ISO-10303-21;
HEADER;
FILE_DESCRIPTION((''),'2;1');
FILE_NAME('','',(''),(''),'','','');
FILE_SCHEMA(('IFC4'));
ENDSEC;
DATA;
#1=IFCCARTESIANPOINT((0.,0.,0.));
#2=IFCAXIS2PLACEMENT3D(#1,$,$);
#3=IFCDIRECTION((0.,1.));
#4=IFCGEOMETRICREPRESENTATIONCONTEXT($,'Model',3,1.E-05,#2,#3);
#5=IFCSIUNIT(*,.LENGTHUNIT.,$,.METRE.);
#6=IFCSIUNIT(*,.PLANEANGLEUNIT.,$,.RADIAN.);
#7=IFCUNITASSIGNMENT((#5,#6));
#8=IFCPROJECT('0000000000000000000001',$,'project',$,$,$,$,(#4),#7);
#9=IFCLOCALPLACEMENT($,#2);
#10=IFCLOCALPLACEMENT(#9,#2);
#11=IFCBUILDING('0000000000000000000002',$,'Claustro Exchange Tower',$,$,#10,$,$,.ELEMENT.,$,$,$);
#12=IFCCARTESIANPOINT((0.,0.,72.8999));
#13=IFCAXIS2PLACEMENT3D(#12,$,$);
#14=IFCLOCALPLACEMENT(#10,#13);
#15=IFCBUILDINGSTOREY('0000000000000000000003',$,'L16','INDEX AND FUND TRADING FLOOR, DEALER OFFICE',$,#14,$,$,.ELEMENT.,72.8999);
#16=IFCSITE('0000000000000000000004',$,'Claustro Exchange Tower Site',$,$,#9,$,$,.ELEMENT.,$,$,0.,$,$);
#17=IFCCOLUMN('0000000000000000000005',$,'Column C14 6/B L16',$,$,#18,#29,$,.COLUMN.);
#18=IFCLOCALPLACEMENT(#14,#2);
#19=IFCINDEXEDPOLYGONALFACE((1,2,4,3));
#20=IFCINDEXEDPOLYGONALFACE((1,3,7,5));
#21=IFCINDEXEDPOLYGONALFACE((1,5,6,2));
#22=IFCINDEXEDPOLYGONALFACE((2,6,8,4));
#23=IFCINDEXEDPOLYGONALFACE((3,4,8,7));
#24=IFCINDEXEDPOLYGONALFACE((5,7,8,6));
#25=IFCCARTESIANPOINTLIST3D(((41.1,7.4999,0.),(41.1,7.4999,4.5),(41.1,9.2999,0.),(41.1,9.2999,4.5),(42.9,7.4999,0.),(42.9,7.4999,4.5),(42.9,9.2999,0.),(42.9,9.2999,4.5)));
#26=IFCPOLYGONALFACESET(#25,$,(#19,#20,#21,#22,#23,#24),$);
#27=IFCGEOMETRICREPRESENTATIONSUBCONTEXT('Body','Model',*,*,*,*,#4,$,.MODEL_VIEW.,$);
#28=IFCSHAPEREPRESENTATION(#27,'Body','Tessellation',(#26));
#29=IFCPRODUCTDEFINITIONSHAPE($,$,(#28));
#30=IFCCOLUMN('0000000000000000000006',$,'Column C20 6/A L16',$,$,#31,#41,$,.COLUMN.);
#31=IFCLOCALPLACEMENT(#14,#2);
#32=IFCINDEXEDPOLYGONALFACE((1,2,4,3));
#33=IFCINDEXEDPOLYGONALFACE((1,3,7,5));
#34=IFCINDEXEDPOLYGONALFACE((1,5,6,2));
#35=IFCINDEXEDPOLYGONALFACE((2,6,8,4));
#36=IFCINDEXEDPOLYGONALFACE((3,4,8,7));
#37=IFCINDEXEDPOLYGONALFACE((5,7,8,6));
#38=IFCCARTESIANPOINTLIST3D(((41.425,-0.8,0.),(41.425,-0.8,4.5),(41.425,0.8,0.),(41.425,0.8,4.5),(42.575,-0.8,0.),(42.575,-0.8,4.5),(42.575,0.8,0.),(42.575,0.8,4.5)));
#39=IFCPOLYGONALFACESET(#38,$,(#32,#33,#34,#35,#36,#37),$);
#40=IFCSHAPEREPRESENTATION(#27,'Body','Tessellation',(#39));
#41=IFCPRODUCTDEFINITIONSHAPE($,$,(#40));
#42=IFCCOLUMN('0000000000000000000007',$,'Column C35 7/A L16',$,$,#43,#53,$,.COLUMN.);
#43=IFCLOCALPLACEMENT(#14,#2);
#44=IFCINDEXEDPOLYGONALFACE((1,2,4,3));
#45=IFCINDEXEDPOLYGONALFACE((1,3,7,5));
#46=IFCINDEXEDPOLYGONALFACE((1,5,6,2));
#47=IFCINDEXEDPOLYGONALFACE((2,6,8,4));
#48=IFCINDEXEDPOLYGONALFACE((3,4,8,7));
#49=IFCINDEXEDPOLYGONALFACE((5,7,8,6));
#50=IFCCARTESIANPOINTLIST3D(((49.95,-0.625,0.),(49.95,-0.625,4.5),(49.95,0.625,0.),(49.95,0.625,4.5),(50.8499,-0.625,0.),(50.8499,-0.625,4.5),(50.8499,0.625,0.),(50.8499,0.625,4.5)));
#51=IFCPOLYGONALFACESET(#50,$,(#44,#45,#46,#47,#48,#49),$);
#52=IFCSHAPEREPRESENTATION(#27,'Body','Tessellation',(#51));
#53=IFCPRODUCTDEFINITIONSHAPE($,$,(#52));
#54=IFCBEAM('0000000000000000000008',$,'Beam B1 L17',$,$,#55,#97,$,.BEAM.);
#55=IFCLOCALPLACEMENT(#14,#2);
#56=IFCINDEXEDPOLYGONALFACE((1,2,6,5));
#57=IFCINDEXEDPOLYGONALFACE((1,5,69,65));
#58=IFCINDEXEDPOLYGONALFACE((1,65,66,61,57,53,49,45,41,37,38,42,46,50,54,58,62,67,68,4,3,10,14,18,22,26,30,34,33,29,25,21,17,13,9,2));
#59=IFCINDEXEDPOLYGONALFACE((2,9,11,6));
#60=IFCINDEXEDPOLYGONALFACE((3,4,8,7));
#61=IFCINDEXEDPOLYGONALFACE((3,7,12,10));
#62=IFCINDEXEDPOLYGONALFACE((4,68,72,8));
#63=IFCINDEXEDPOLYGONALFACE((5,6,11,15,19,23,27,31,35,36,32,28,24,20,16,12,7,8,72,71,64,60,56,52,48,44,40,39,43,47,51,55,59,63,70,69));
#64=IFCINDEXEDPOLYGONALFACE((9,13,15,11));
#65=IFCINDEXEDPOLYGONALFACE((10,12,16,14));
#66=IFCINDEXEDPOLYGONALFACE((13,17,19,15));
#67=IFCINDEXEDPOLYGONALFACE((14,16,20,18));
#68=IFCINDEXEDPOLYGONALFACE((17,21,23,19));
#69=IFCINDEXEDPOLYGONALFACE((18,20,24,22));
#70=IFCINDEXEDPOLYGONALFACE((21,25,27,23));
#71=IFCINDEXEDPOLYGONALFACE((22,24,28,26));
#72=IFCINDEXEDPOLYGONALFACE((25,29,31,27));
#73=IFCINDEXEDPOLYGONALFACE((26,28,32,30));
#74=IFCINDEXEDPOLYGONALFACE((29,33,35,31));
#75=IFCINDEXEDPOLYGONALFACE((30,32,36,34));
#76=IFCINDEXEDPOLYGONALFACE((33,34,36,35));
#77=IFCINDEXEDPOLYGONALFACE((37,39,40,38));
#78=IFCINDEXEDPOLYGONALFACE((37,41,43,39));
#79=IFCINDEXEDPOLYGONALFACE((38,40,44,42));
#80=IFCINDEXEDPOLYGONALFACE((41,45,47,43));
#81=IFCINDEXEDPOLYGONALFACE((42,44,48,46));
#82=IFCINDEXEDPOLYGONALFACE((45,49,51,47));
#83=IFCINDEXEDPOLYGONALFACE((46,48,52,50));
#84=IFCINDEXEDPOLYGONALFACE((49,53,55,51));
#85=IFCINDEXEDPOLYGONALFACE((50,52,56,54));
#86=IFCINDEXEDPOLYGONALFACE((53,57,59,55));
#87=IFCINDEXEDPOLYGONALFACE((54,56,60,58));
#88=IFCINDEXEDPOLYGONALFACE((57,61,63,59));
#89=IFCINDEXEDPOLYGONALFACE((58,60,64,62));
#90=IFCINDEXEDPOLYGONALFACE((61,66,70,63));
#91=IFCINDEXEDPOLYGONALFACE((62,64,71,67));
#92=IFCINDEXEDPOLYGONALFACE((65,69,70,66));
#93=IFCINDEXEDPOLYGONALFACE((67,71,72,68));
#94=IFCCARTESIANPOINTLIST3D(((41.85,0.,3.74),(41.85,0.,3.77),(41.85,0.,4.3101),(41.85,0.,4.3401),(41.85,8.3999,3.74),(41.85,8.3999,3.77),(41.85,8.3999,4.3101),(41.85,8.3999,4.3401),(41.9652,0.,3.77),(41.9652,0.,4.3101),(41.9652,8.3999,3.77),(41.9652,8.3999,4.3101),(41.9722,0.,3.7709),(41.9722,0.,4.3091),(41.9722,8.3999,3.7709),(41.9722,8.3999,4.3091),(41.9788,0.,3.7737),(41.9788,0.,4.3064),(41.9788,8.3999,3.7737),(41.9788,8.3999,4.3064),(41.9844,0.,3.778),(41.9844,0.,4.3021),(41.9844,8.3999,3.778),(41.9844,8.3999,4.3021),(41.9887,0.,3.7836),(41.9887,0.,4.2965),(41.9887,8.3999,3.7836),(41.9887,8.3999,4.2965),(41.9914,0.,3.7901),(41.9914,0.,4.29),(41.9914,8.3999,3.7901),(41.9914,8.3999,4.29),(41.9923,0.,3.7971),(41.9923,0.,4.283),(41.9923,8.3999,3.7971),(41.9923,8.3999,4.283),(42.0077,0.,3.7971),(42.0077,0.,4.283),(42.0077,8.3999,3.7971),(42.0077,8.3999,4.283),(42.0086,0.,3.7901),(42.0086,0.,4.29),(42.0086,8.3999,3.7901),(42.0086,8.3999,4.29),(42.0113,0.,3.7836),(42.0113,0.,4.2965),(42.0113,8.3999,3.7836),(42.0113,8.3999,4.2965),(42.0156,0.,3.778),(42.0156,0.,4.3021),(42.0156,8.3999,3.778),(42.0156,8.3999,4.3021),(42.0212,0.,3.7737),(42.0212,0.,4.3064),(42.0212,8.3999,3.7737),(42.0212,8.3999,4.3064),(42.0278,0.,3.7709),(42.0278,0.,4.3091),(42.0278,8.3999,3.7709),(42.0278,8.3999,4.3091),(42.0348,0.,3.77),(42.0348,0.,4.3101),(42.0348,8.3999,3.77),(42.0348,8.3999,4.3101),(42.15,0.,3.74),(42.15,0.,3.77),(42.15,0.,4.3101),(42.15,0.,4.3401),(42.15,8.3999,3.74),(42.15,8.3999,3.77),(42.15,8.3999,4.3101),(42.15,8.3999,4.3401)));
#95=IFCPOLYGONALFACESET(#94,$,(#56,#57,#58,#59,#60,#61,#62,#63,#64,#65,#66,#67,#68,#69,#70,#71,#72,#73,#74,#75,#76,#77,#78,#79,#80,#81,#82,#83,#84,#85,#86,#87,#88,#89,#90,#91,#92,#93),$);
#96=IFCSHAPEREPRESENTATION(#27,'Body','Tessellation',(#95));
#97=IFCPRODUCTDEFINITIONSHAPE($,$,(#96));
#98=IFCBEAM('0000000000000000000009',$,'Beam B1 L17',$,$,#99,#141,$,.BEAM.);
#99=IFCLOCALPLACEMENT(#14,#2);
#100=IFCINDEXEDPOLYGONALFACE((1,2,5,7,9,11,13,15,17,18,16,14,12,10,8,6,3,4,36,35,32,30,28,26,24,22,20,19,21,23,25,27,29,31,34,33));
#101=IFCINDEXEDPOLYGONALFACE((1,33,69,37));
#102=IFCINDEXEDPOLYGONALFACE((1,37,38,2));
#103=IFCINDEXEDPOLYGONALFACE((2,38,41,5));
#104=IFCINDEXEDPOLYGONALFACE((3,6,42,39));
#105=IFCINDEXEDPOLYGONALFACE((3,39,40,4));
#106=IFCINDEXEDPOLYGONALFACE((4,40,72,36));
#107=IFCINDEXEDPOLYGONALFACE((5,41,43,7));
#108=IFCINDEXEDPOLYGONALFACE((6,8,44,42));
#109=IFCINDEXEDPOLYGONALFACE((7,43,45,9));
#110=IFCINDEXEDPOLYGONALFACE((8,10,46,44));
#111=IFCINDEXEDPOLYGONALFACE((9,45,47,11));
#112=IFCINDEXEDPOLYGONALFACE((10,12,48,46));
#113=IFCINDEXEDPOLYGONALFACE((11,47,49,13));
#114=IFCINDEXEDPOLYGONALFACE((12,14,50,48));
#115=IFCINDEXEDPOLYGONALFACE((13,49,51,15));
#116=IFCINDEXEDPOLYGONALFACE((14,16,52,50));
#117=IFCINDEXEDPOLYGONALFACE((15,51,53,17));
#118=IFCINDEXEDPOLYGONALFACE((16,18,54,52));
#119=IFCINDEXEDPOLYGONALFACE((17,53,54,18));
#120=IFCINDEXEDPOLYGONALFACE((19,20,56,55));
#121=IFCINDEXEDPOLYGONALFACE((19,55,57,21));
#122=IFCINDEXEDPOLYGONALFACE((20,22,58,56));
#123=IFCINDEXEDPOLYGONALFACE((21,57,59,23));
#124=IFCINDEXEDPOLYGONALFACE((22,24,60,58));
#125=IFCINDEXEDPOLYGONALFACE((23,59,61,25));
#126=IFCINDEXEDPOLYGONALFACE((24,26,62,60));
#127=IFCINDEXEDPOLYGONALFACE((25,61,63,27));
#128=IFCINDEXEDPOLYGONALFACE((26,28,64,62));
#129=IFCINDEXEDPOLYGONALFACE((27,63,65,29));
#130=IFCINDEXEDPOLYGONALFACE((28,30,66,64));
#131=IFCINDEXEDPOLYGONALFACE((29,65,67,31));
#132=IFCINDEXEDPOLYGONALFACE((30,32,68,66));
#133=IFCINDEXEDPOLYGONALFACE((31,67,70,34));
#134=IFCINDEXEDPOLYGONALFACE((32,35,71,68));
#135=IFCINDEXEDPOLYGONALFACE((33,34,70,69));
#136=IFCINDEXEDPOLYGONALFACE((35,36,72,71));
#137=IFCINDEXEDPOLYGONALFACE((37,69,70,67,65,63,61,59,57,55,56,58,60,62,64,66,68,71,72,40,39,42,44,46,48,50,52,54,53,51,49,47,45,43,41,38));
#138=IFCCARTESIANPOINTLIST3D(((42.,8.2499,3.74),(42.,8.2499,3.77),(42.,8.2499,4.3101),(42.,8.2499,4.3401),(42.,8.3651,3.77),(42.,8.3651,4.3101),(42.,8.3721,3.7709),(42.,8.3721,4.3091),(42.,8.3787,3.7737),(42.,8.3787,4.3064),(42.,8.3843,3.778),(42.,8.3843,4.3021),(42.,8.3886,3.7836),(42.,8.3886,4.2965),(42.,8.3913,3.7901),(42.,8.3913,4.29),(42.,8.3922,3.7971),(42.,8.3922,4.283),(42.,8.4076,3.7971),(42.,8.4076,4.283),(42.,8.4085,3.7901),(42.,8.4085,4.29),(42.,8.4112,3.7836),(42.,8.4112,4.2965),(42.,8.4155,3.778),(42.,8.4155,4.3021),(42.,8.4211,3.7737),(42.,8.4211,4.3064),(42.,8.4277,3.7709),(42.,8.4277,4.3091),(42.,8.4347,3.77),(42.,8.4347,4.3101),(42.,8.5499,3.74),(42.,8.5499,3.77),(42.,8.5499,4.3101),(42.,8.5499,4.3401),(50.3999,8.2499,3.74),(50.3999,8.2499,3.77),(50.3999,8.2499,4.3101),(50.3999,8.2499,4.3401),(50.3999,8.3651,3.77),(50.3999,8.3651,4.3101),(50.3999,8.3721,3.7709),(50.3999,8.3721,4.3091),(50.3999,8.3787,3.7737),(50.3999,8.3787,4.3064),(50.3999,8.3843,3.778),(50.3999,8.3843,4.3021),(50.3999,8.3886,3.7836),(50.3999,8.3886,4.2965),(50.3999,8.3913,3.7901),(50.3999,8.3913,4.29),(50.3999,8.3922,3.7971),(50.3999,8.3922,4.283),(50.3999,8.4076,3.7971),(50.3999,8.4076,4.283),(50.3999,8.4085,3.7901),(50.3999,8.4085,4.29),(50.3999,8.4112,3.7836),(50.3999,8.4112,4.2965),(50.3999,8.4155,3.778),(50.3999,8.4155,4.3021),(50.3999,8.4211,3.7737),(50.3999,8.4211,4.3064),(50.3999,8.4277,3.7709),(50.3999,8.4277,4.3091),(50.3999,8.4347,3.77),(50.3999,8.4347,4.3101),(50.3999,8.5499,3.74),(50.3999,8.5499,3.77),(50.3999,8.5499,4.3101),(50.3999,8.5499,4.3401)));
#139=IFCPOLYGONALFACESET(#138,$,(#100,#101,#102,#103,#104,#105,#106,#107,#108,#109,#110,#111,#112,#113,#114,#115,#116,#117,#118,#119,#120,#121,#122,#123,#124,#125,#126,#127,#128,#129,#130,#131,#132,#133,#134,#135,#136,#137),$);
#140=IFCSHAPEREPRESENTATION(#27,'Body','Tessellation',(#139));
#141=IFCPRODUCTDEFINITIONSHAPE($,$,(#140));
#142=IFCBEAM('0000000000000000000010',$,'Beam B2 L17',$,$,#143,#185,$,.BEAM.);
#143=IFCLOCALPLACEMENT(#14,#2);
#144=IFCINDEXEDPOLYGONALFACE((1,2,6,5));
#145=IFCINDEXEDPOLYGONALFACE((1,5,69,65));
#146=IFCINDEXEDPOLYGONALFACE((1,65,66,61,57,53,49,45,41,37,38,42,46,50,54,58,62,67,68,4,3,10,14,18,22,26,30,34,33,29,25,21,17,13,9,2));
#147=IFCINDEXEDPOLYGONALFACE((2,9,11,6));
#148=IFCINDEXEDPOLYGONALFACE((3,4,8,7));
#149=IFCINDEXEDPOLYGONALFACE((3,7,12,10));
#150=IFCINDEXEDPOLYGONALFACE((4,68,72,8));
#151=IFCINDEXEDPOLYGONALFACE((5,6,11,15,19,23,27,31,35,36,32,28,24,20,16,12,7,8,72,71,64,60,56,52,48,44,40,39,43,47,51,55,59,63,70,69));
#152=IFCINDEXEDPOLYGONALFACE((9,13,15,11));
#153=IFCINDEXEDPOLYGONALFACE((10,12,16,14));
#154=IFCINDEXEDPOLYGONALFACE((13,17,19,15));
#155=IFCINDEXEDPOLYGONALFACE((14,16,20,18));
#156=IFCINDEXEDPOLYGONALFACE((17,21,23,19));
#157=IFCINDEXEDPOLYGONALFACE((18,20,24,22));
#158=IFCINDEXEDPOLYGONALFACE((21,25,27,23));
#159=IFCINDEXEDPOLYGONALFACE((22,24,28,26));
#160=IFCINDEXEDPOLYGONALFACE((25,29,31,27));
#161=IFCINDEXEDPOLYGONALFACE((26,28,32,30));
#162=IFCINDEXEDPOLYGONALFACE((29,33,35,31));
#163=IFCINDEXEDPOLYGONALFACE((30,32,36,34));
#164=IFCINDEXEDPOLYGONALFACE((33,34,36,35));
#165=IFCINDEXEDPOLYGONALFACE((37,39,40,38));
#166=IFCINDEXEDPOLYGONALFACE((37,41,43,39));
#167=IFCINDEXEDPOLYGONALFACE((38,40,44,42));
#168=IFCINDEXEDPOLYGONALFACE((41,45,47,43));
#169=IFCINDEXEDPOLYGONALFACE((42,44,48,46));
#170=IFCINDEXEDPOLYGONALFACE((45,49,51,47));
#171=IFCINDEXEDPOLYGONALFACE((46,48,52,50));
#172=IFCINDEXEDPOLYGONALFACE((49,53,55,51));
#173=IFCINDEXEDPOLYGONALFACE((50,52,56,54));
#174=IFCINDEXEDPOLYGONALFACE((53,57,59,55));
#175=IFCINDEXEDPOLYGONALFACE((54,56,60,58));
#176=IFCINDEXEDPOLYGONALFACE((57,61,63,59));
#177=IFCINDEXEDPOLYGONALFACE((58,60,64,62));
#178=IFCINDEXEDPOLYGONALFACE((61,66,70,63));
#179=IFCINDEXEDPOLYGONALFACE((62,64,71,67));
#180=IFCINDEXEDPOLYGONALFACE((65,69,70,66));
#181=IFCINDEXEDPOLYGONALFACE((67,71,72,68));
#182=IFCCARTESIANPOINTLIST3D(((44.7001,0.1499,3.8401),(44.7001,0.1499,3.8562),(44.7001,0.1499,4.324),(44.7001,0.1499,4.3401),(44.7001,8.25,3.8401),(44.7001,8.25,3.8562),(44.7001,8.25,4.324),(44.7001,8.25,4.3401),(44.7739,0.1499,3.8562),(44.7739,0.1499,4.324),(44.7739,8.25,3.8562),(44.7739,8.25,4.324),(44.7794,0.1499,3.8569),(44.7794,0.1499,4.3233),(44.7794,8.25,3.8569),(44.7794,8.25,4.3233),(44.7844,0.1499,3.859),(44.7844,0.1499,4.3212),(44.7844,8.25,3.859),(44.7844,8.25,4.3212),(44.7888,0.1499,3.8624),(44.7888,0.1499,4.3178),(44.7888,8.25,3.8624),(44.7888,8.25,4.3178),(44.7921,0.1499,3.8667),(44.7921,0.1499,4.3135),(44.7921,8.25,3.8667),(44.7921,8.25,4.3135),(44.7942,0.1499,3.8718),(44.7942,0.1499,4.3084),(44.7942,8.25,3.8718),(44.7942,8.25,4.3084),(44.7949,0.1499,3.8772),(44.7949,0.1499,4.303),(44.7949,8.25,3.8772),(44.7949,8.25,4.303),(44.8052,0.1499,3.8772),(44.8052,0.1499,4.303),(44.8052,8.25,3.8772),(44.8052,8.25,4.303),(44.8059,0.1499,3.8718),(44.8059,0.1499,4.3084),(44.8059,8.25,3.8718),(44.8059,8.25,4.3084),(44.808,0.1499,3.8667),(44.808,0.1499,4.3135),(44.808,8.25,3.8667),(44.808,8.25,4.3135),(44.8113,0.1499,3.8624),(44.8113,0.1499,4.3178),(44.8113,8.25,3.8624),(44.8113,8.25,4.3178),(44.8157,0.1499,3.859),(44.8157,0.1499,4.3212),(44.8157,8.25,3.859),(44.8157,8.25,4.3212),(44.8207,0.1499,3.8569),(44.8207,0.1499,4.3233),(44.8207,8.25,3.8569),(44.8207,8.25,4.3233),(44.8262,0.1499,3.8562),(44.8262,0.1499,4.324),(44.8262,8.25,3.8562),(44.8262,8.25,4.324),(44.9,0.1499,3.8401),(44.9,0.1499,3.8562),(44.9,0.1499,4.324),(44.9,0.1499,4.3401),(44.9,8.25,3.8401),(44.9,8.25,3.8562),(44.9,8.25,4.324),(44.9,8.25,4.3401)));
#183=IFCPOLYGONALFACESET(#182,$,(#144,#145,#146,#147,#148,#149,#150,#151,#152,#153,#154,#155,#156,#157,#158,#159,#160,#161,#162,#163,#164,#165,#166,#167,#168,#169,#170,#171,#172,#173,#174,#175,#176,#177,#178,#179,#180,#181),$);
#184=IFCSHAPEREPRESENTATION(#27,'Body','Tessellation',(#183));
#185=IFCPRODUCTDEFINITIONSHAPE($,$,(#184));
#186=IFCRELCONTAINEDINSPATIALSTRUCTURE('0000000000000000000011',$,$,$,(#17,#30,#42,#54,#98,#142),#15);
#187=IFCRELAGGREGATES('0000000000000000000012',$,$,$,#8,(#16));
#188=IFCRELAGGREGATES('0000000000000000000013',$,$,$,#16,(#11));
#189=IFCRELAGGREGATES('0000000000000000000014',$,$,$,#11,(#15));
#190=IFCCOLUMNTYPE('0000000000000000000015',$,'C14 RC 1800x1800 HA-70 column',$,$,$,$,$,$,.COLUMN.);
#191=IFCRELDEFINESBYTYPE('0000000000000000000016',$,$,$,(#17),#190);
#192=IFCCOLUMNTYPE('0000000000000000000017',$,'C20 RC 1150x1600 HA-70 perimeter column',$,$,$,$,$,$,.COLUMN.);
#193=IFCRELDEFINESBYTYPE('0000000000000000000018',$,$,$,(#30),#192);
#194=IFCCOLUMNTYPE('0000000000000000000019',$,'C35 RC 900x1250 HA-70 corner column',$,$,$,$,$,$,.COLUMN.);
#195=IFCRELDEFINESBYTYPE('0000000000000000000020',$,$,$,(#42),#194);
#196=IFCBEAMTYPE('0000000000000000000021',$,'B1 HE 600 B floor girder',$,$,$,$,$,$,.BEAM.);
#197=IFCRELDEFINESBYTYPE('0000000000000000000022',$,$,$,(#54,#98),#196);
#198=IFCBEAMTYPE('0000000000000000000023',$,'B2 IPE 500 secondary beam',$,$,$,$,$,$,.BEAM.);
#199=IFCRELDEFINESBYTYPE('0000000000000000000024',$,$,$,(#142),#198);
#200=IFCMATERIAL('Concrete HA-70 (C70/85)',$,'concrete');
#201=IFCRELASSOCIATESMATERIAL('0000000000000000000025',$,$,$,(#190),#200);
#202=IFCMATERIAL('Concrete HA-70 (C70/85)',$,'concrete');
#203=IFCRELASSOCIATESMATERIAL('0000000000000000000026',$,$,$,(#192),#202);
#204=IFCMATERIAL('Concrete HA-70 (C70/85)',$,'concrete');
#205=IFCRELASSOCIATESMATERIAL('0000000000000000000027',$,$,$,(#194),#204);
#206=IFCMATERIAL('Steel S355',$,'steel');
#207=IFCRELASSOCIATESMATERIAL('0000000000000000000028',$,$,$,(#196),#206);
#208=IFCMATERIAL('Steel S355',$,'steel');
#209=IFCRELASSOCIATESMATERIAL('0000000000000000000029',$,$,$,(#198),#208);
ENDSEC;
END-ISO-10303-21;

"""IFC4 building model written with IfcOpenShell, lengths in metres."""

from ifc_helpers import new_model, si_unit, direction, frame, origin, origin_2d, place, context, subcontext, project, spatial, rectangle, i_section, extrude, material, material_profile, profile_set, type_object, element, save


model = new_model("IFC4")

# Units and contexts
model_context = context("Model", 3, precision=1e-05, world=origin(), true_north=direction((0.0, 1.0)))
body_context = subcontext(model_context, "Body", "Model", "MODEL_VIEW")
ifc_project = project(units=[si_unit("LENGTHUNIT", "METRE"), si_unit("PLANEANGLEUNIT", "RADIAN")], contexts=[model_context])

# Site, building, storey
site_placement = place(None, origin())
site = spatial("IfcSite", under=ifc_project, at=site_placement, Name="Claustro Exchange Tower Site", CompositionType="ELEMENT", RefElevation=0.0)
building_placement = place(site_placement, origin())
building = spatial("IfcBuilding", under=site, at=building_placement, Name="Claustro Exchange Tower", CompositionType="ELEMENT")
storey_placement = place(building_placement, frame((0.0, 0.0, 72.8999)))
storey = spatial("IfcBuildingStorey", under=building, at=storey_placement, Name="L16", Description="INDEX AND FUND TRADING FLOOR, DEALER OFFICE", CompositionType="ELEMENT", Elevation=72.8999)

# Columns
ifc_material_1 = material(Name="Concrete HA-70 (C70/85)", Category="concrete")
ifc_material_profile_1 = material_profile(ifc_material_1, rectangle(XDim=1.8, YDim=1.8, at=origin_2d()), Name="RC 1800x1800")
ifc_profile_set_1 = profile_set([ifc_material_profile_1], Name="Concrete HA-70 (C70/85)")
column_type_1 = type_object("IfcColumnType", Name="C14 RC 1800x1800 HA-70 column", PredefinedType="COLUMN", material=ifc_profile_set_1)
column_1_placement = place(storey_placement, frame((42.0, 8.3999, 0.0), z_axis=(0.0, 0.0, 1.0), x_axis=(1.0, 0.0, 0.0)))
element("IfcColumn", 1, at=column_1_placement, inside=storey, type_object=column_type_1, Name="Column C14 6/B L16", PredefinedType="COLUMN", context=body_context, shape_type="SweptSolid", body=[
    extrude(rectangle(XDim=1.8, YDim=1.8, at=origin_2d()), origin(), (0.0, 0.0, 1.0), 4.5),
])
ifc_material_2 = material(Name="Concrete HA-70 (C70/85)", Category="concrete")
ifc_material_profile_2 = material_profile(ifc_material_2, rectangle(XDim=1.1499, YDim=1.6001, at=origin_2d()), Name="RC 1150x1600")
ifc_profile_set_2 = profile_set([ifc_material_profile_2], Name="Concrete HA-70 (C70/85)")
column_type_2 = type_object("IfcColumnType", Name="C20 RC 1150x1600 HA-70 perimeter column", PredefinedType="COLUMN", material=ifc_profile_set_2)
column_2_placement = place(storey_placement, frame((42.0, 0.0, 0.0), z_axis=(0.0, 0.0, 1.0), x_axis=(1.0, 0.0, 0.0)))
element("IfcColumn", 2, at=column_2_placement, inside=storey, type_object=column_type_2, Name="Column C20 6/A L16", PredefinedType="COLUMN", context=body_context, shape_type="SweptSolid", body=[
    extrude(rectangle(XDim=1.1499, YDim=1.6001, at=origin_2d()), origin(), (0.0, 0.0, 1.0), 4.5),
])
ifc_material_3 = material(Name="Concrete HA-70 (C70/85)", Category="concrete")
ifc_material_profile_3 = material_profile(ifc_material_3, rectangle(XDim=0.8999, YDim=1.25, at=origin_2d()), Name="RC 900x1250")
ifc_profile_set_3 = profile_set([ifc_material_profile_3], Name="Concrete HA-70 (C70/85)")
column_type_3 = type_object("IfcColumnType", Name="C35 RC 900x1250 HA-70 corner column", PredefinedType="COLUMN", material=ifc_profile_set_3)
column_3_placement = place(storey_placement, frame((50.3999, 0.0, 0.0), z_axis=(0.0, 0.0, 1.0), x_axis=(1.0, 0.0, 0.0)))
element("IfcColumn", 3, at=column_3_placement, inside=storey, type_object=column_type_3, Name="Column C35 7/A L16", PredefinedType="COLUMN", context=body_context, shape_type="SweptSolid", body=[
    extrude(rectangle(XDim=0.8999, YDim=1.25, at=origin_2d()), origin(), (0.0, 0.0, 1.0), 4.5),
])

# Beams
ifc_material_4 = material(Name="Steel S355", Category="steel")
ifc_material_profile_4 = material_profile(ifc_material_4, i_section(OverallWidth=0.3, OverallDepth=0.6001, WebThickness=0.0154, FlangeThickness=0.03, FilletRadius=0.0271, at=origin_2d()), Name="HE 600 B")
ifc_profile_set_4 = profile_set([ifc_material_profile_4], Name="Steel S355")
beam_type_1 = type_object("IfcBeamType", Name="B1 HE 600 B floor girder", PredefinedType="BEAM", material=ifc_profile_set_4)
for number, where, z_axis, x_axis, name in (
    (4, (42.0, 0.0, 4.04), (0.0, 1.0, 0.0), (-1.0, 0.0, 0.0), "Beam B1 L17"),
    (5, (42.0, 8.3999, 4.04), (1.0, 0.0, 0.0), (0.0, 1.0, 0.0), "Beam B1 L17"),
):
    element("IfcBeam", number, at=place(storey_placement, frame(where, z_axis=z_axis, x_axis=x_axis)), inside=storey, type_object=beam_type_1, Name=name, PredefinedType="BEAM", context=body_context, shape_type="SweptSolid", body=[
        extrude(i_section(OverallWidth=0.3, OverallDepth=0.6001, WebThickness=0.0154, FlangeThickness=0.03, FilletRadius=0.0271, at=origin_2d()), origin(), (0.0, 0.0, 1.0), 8.3999),
    ])
ifc_material_5 = material(Name="Steel S355", Category="steel")
ifc_material_profile_5 = material_profile(ifc_material_5, i_section(OverallWidth=0.2, OverallDepth=0.5, WebThickness=0.0103, FlangeThickness=0.0161, FilletRadius=0.021, at=origin_2d()), Name="IPE 500")
ifc_profile_set_5 = profile_set([ifc_material_profile_5], Name="Steel S355")
beam_type_2 = type_object("IfcBeamType", Name="B2 IPE 500 secondary beam", PredefinedType="BEAM", material=ifc_profile_set_5)
for number, where, z_axis, x_axis, name in (
    (6, (44.8, 0.1499, 4.0901), (0.0, 1.0, 0.0), (-1.0, 0.0, 0.0), "Beam B2 L17"),
):
    element("IfcBeam", number, at=place(storey_placement, frame(where, z_axis=z_axis, x_axis=x_axis)), inside=storey, type_object=beam_type_2, Name=name, PredefinedType="BEAM", context=body_context, shape_type="SweptSolid", body=[
        extrude(i_section(OverallWidth=0.2, OverallDepth=0.5, WebThickness=0.0103, FlangeThickness=0.0161, FilletRadius=0.021, at=origin_2d()), origin(), (0.0, 0.0, 1.0), 8.1001),
    ])

save(model, "model.ifc")
